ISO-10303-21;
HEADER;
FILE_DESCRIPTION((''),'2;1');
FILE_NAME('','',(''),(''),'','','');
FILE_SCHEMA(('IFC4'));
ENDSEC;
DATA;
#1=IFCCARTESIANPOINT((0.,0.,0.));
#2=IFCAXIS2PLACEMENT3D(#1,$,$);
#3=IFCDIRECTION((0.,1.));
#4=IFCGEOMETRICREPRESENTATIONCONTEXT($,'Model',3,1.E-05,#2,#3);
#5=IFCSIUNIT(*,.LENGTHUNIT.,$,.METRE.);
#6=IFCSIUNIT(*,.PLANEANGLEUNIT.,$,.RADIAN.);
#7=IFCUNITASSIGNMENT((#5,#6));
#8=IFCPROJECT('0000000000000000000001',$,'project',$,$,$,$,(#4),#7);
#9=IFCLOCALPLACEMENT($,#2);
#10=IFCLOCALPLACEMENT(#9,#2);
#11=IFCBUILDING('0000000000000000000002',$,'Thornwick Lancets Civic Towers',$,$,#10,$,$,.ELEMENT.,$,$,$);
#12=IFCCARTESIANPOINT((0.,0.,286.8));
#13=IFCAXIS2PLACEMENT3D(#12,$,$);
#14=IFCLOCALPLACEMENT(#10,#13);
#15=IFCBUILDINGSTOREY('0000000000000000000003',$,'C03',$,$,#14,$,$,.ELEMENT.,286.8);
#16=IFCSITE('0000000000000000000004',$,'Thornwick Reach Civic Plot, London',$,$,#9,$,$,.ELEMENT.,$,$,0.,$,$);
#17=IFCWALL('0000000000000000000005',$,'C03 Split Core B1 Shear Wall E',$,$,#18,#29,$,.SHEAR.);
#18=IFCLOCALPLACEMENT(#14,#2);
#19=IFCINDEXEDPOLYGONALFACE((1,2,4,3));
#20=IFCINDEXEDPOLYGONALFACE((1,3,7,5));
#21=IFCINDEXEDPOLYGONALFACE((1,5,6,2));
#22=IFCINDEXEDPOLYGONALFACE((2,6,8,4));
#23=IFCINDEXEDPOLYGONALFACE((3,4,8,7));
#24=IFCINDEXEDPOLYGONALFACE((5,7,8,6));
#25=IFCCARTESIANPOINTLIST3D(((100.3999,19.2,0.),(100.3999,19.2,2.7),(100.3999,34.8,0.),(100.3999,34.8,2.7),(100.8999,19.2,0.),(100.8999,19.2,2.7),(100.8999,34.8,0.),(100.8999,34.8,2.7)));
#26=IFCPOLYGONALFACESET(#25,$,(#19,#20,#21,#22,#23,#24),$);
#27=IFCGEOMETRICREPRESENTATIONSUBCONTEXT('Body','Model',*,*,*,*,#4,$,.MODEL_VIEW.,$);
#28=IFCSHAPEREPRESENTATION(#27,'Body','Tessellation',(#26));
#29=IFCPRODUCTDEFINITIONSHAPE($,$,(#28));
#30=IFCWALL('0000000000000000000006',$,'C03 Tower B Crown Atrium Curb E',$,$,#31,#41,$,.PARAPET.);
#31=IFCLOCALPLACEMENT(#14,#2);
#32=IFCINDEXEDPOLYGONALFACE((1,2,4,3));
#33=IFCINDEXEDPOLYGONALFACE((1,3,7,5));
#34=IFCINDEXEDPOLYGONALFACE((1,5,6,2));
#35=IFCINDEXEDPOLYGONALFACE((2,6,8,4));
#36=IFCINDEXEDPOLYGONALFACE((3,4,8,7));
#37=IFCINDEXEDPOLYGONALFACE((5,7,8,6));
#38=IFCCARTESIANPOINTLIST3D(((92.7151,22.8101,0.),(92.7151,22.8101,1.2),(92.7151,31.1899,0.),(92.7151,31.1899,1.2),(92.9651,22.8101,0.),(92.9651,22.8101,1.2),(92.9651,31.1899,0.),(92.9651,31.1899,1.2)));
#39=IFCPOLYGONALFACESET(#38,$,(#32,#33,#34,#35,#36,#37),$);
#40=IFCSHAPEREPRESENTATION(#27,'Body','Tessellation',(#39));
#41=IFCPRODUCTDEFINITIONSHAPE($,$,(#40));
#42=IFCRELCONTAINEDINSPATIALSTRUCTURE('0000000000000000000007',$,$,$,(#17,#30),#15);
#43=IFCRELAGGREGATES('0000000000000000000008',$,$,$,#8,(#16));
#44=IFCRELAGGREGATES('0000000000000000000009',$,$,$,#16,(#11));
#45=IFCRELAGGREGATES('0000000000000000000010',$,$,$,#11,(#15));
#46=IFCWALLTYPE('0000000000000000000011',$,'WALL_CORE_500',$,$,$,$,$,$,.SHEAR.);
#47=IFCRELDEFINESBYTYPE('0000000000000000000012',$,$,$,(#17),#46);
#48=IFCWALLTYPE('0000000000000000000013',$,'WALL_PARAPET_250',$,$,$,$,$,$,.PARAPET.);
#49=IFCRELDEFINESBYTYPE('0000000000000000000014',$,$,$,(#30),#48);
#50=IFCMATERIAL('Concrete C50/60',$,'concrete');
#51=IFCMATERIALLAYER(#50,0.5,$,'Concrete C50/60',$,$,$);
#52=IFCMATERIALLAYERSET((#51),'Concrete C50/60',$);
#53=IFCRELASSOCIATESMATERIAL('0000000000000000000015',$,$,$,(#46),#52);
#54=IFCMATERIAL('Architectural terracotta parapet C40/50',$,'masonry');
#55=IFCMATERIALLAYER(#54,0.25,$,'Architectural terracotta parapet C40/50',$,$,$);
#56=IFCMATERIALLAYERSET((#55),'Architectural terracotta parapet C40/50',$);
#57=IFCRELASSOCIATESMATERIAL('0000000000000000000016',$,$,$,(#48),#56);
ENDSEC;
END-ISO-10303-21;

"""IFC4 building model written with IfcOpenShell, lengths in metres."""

from ifc_helpers import new_model, si_unit, direction, frame, frame_2d, origin, place, context, subcontext, project, spatial, rectangle, extrude, material, layer, layer_set, type_object, element, save


model = new_model("IFC4")

# Units and contexts
model_context = context("Model", 3, precision=1e-05, world=origin(), true_north=direction((0.0, 1.0)))
body_context = subcontext(model_context, "Body", "Model", "MODEL_VIEW")
ifc_project = project(units=[si_unit("LENGTHUNIT", "METRE"), si_unit("PLANEANGLEUNIT", "RADIAN")], contexts=[model_context])

# Site, building, storey
site_placement = place(None, origin())
site = spatial("IfcSite", under=ifc_project, at=site_placement, Name="Thornwick Reach Civic Plot, London", CompositionType="ELEMENT", RefElevation=0.0)
building_placement = place(site_placement, origin())
building = spatial("IfcBuilding", under=site, at=building_placement, Name="Thornwick Lancets Civic Towers", CompositionType="ELEMENT")
storey_placement = place(building_placement, frame((0.0, 0.0, 286.8)))
storey = spatial("IfcBuildingStorey", under=building, at=storey_placement, Name="C03", CompositionType="ELEMENT", Elevation=286.8)

# Walls
ifc_material_1 = material(Name="Concrete C50/60", Category="concrete")
ifc_layer_1 = layer(ifc_material_1, 0.5, Name="Concrete C50/60")
ifc_layer_set_1 = layer_set([ifc_layer_1], Name="Concrete C50/60")
wall_type_1 = type_object("IfcWallType", Name="WALL_CORE_500", PredefinedType="SHEAR", material=ifc_layer_set_1)
wall_1_placement = place(storey_placement, frame((100.6499, 19.2, 0.0), z_axis=(0.0, 0.0, 1.0), x_axis=(0.0, 1.0, 0.0)))
element("IfcWall", 1, at=wall_1_placement, inside=storey, type_object=wall_type_1, Name="C03 Split Core B1 Shear Wall E", PredefinedType="SHEAR", context=body_context, shape_type="SweptSolid", body=[
    extrude(rectangle(XDim=15.6001, YDim=0.5, at=frame_2d((7.8, 0.0))), origin(), (0.0, 0.0, 1.0), 2.7),
])
ifc_material_2 = material(Name="Architectural terracotta parapet C40/50", Category="masonry")
ifc_layer_2 = layer(ifc_material_2, 0.25, Name="Architectural terracotta parapet C40/50")
ifc_layer_set_2 = layer_set([ifc_layer_2], Name="Architectural terracotta parapet C40/50")
wall_type_2 = type_object("IfcWallType", Name="WALL_PARAPET_250", PredefinedType="PARAPET", material=ifc_layer_set_2)
wall_2_placement = place(storey_placement, frame((92.8401, 22.8101, 0.0), z_axis=(0.0, 0.0, 1.0), x_axis=(0.0, 1.0, 0.0)))
element("IfcWall", 2, at=wall_2_placement, inside=storey, type_object=wall_type_2, Name="C03 Tower B Crown Atrium Curb E", PredefinedType="PARAPET", context=body_context, shape_type="SweptSolid", body=[
    extrude(rectangle(XDim=8.3799, YDim=0.25, at=frame_2d((4.1899, 0.0))), origin(), (0.0, 0.0, 1.0), 1.2),
])

save(model, "model.ifc")
